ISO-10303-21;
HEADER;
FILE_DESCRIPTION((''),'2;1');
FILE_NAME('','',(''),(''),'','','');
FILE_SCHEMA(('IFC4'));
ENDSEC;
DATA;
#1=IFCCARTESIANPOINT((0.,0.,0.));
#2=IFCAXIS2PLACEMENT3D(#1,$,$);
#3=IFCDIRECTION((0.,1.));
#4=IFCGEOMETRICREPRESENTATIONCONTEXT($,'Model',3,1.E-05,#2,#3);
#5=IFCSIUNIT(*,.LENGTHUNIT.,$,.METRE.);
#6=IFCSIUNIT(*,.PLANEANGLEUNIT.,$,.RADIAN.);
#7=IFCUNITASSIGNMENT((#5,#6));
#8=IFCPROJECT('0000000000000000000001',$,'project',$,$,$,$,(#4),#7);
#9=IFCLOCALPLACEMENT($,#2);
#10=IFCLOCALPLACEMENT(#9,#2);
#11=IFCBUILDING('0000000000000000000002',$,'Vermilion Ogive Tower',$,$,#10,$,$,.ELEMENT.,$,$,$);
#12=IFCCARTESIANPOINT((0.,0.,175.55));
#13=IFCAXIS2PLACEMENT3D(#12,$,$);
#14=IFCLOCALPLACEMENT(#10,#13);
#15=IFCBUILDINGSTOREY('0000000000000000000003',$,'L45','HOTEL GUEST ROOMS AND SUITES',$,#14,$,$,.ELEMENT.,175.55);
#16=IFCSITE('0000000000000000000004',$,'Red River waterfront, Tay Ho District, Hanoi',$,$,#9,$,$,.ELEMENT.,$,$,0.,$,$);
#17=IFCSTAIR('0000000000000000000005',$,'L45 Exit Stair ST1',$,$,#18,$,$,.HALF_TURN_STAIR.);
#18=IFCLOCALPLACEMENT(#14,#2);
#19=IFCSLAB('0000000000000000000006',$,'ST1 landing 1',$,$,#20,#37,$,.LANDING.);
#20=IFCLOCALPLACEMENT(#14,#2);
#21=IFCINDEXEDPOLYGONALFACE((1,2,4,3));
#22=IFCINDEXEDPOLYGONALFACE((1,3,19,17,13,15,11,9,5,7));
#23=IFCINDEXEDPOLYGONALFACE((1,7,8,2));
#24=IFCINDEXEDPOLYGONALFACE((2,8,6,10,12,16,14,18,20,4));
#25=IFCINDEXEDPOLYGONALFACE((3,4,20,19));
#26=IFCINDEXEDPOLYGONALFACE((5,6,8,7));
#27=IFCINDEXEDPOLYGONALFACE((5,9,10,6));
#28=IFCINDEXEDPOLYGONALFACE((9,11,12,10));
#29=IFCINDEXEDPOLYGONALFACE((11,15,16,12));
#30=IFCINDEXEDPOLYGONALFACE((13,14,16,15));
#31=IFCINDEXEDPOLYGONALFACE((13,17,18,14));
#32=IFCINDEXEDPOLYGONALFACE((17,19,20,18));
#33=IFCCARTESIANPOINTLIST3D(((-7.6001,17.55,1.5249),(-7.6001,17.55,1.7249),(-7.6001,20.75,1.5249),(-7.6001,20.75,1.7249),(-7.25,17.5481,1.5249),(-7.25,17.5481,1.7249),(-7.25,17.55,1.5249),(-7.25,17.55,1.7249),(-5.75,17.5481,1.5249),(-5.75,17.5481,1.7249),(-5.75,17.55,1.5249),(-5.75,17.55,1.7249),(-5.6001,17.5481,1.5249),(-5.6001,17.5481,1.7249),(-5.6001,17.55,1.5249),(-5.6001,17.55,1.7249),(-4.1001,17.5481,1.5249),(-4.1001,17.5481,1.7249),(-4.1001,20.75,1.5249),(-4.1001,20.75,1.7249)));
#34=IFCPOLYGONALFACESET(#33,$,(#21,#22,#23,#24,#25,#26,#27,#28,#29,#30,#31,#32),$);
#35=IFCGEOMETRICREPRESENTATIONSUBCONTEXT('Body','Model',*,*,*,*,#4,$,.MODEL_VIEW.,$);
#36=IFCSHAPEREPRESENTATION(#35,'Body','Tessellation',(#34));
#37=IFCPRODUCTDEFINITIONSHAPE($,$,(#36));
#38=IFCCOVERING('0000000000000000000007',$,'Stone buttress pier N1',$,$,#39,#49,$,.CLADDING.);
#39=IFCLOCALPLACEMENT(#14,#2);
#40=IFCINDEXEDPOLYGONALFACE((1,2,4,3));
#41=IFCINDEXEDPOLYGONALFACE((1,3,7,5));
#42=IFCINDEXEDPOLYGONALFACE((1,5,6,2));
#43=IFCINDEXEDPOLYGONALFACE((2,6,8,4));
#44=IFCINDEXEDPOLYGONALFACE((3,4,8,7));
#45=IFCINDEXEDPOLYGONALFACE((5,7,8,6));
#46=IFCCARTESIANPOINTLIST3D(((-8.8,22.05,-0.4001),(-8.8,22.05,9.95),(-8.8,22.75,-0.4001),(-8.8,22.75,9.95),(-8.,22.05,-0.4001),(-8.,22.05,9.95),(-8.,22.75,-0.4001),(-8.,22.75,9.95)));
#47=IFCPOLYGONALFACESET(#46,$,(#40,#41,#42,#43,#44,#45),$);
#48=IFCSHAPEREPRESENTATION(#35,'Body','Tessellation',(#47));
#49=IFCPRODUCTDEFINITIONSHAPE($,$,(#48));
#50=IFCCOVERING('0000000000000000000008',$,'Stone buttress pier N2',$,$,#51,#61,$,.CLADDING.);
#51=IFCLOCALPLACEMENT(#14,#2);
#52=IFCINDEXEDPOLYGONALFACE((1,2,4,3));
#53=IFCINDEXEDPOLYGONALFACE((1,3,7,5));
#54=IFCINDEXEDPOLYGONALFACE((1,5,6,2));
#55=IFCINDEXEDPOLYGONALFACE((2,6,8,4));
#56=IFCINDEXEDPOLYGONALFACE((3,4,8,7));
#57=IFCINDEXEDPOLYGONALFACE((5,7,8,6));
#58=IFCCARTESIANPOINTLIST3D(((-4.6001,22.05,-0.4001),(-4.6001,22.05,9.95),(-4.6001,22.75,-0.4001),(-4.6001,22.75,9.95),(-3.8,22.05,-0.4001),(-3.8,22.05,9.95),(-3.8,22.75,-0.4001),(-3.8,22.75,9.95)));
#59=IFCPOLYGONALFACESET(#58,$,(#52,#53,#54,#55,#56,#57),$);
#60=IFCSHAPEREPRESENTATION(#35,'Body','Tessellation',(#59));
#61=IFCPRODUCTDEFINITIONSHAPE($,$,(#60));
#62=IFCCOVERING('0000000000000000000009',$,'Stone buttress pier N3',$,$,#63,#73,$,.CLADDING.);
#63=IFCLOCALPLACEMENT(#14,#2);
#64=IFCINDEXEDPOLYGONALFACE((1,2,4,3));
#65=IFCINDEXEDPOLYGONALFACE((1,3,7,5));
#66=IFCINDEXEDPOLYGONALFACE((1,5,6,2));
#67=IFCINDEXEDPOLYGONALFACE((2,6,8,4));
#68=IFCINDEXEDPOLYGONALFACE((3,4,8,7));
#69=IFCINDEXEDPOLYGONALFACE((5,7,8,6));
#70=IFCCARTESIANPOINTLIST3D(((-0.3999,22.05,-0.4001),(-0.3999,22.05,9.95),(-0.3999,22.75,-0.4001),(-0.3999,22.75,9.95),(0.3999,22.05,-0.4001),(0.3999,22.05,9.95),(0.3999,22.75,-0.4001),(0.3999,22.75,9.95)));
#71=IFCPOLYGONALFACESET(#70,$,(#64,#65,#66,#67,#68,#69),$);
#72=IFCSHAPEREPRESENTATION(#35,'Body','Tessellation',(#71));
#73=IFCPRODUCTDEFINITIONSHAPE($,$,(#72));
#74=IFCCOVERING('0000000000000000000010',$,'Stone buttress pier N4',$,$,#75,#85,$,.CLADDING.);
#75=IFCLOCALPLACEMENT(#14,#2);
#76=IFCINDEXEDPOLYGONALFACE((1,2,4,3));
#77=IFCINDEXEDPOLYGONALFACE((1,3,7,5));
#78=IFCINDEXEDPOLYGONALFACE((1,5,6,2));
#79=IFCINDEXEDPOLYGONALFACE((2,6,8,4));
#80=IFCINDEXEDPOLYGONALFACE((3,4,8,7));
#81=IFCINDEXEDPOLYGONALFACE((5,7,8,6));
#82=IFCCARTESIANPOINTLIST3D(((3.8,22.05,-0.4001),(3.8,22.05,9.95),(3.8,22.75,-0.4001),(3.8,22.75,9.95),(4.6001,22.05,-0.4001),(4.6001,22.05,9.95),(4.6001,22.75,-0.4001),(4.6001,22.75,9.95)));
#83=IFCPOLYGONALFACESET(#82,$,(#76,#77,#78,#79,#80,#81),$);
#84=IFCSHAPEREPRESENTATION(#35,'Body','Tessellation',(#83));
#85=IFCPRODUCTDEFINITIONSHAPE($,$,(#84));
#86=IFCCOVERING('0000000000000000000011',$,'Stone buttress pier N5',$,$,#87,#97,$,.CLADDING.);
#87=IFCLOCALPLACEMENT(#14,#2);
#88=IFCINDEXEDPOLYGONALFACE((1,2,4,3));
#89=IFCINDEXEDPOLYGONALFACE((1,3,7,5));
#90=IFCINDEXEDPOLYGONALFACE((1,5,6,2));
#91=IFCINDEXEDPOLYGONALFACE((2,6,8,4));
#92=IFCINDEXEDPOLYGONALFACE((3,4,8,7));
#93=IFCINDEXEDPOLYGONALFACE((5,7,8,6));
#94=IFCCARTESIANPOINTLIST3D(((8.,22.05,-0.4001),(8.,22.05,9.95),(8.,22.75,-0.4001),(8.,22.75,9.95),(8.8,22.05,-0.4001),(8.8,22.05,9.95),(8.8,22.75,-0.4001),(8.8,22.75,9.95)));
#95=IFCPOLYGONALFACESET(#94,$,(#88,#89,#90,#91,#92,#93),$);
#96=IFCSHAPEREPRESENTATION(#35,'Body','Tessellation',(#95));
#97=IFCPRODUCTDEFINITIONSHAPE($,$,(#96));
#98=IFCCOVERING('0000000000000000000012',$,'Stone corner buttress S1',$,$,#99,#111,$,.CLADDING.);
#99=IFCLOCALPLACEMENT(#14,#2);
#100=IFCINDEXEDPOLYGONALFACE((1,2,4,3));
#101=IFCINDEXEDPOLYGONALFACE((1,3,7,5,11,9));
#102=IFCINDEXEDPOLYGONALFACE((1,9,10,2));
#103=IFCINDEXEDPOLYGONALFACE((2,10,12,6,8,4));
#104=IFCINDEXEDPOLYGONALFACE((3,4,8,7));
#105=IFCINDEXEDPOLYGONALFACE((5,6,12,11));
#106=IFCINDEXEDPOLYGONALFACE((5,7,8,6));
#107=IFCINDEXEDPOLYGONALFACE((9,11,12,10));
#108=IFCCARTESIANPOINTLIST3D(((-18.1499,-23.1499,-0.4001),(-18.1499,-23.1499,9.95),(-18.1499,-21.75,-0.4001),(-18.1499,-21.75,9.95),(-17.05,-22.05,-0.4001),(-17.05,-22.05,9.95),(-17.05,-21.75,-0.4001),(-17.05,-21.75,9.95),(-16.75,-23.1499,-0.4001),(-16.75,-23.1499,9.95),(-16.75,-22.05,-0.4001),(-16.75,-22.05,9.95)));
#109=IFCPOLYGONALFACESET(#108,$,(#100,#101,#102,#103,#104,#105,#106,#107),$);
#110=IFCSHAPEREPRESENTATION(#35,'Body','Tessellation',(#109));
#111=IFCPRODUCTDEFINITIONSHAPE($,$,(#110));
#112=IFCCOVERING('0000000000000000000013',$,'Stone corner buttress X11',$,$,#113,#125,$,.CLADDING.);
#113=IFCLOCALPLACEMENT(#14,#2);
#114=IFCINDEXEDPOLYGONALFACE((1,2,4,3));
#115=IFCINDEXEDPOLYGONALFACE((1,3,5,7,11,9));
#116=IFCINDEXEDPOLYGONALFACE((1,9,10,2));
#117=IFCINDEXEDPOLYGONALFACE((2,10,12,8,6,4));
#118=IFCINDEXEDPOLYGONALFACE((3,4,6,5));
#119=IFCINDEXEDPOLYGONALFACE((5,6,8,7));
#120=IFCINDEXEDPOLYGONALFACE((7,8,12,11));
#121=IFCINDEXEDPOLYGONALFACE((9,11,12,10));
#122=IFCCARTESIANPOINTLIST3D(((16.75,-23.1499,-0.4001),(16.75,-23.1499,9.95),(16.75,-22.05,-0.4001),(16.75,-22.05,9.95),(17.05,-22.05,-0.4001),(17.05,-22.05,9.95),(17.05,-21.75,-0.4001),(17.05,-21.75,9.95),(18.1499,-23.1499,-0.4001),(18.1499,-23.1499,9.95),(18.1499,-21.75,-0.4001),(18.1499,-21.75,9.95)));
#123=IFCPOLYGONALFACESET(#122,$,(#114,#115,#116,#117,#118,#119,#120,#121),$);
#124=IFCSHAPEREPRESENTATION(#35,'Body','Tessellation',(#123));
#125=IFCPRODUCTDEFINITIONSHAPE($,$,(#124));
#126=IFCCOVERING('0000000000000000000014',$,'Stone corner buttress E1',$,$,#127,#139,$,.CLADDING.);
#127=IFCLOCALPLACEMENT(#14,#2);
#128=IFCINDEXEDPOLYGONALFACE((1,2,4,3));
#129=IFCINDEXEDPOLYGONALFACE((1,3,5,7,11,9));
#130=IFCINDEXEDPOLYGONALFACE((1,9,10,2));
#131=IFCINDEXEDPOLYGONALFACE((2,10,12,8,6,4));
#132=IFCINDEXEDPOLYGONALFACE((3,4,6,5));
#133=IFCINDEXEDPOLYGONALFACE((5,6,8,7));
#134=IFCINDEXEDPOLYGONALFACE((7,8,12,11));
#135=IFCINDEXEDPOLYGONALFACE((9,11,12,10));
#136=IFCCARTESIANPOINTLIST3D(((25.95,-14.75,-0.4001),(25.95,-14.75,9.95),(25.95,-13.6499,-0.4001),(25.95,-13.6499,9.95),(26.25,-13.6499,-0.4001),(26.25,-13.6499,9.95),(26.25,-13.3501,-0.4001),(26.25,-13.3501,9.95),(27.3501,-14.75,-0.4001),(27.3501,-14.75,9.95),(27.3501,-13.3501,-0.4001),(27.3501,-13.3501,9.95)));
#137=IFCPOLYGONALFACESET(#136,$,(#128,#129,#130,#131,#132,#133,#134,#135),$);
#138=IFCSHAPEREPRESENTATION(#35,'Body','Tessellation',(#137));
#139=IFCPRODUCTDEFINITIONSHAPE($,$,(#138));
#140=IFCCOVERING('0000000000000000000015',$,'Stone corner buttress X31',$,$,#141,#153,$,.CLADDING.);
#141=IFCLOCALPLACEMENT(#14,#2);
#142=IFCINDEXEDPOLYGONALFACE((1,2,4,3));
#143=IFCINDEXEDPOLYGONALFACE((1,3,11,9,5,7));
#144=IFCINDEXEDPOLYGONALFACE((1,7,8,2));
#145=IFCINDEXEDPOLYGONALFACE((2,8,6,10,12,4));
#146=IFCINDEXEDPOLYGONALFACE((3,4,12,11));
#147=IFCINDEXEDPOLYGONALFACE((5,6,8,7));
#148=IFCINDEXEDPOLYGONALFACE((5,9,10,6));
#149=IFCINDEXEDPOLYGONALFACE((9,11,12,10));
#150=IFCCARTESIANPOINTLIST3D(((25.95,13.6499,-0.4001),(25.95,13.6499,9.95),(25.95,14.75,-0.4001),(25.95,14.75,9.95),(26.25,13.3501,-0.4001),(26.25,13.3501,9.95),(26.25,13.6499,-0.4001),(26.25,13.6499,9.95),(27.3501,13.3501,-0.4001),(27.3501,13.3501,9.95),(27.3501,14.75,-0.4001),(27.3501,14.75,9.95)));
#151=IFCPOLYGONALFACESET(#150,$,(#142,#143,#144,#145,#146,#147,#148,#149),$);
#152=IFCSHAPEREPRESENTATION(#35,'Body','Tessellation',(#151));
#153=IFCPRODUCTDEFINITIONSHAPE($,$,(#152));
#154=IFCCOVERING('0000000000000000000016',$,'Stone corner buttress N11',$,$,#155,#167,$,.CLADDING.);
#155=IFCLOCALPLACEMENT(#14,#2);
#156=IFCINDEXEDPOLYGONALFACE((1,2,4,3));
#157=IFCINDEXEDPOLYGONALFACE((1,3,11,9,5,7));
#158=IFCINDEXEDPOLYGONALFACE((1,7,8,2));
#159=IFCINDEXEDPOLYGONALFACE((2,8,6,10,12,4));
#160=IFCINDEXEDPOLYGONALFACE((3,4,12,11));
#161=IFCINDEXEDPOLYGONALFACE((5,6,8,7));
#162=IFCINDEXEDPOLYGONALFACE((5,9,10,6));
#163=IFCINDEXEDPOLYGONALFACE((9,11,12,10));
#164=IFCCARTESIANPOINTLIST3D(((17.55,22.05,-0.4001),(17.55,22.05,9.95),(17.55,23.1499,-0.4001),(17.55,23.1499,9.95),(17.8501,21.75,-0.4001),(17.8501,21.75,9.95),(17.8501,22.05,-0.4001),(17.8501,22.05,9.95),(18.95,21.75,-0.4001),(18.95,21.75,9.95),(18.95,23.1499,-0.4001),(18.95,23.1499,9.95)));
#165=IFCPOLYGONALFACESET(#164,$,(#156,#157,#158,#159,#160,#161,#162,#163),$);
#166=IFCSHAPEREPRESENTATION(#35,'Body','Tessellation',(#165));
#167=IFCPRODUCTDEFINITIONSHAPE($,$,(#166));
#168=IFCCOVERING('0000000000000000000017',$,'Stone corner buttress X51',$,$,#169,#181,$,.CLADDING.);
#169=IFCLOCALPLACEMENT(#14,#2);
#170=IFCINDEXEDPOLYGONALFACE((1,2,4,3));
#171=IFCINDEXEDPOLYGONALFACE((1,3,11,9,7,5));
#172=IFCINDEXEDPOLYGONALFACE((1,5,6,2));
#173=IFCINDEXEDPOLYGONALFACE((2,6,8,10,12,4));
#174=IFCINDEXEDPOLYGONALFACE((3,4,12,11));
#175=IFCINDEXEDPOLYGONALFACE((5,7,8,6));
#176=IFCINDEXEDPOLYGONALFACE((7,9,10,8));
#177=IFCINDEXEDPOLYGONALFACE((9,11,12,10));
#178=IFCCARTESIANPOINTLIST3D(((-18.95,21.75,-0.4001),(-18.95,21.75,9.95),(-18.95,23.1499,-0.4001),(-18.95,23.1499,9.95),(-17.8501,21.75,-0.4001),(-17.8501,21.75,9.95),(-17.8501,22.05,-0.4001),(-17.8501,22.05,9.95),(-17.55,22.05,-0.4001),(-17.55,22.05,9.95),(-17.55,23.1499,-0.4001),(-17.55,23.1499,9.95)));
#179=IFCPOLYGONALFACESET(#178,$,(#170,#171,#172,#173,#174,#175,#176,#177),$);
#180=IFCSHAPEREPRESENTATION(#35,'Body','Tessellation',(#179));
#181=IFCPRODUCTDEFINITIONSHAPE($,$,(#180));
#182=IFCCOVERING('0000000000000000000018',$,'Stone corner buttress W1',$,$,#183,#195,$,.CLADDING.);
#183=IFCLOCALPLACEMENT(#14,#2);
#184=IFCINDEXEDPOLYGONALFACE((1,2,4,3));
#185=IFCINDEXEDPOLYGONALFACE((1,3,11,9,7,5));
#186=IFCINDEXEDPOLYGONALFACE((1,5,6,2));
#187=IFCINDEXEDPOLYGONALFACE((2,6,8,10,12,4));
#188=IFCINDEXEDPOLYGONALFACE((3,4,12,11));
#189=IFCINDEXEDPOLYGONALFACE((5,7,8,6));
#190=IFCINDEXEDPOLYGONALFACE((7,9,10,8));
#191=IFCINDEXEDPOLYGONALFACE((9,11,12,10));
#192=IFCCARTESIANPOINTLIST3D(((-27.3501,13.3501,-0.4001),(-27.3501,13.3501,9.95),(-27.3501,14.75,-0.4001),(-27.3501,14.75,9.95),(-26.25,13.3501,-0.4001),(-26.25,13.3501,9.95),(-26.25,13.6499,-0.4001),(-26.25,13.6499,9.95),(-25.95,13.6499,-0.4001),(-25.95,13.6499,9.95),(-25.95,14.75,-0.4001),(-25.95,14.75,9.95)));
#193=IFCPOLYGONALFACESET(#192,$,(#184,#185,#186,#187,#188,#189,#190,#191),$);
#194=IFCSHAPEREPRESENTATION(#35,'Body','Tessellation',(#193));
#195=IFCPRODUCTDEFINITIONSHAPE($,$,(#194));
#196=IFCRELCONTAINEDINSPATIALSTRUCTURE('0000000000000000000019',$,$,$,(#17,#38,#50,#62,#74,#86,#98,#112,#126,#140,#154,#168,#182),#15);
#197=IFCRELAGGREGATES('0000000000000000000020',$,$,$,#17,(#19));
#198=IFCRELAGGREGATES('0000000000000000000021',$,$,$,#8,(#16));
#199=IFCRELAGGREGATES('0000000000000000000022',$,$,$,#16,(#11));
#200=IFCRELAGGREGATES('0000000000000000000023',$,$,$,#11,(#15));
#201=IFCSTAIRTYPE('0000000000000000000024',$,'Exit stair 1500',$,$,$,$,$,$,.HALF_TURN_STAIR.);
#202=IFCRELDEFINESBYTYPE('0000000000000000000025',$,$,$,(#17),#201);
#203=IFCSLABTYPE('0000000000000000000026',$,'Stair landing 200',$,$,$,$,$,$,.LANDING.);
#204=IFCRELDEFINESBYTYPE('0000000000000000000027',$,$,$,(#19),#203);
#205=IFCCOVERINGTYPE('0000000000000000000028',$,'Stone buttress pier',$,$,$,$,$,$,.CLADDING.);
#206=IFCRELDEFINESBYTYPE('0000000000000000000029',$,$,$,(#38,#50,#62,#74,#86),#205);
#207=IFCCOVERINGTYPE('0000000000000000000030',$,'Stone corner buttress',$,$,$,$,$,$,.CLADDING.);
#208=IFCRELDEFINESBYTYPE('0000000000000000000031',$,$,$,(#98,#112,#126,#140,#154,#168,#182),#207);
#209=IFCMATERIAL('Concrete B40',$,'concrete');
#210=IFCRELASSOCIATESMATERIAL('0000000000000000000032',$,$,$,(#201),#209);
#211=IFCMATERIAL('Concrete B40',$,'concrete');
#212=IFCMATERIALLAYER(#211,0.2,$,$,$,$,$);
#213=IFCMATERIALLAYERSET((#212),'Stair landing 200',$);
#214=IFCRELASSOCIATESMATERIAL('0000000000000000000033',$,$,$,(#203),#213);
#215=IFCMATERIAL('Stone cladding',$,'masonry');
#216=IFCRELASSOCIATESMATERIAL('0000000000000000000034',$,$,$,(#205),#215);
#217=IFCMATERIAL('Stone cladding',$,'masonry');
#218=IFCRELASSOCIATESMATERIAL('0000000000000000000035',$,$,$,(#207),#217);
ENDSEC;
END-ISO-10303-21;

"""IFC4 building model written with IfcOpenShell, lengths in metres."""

from ifc_helpers import new_model, si_unit, direction, frame, origin, place, context, subcontext, project, spatial, polyline, outline, extrude, material, layer, layer_set, type_object, element, aggregate, save


model = new_model("IFC4")

# Units and contexts
model_context = context("Model", 3, precision=1e-05, world=origin(), true_north=direction((0.0, 1.0)))
body_context = subcontext(model_context, "Body", "Model", "MODEL_VIEW")
ifc_project = project(units=[si_unit("LENGTHUNIT", "METRE"), si_unit("PLANEANGLEUNIT", "RADIAN")], contexts=[model_context])

# Site, building, storey
site_placement = place(None, origin())
site = spatial("IfcSite", under=ifc_project, at=site_placement, Name="Red River waterfront, Tay Ho District, Hanoi", CompositionType="ELEMENT", RefElevation=0.0)
building_placement = place(site_placement, origin())
building = spatial("IfcBuilding", under=site, at=building_placement, Name="Vermilion Ogive Tower", CompositionType="ELEMENT")
storey_placement = place(building_placement, frame((0.0, 0.0, 175.55)))
storey = spatial("IfcBuildingStorey", under=building, at=storey_placement, Name="L45", Description="HOTEL GUEST ROOMS AND SUITES", CompositionType="ELEMENT", Elevation=175.55)

# Stair, slab
ifc_material_1 = material(Name="Concrete B40", Category="concrete")
stair_type = type_object("IfcStairType", Name="Exit stair 1500", PredefinedType="HALF_TURN_STAIR", material=ifc_material_1)
stair_placement = place(storey_placement, origin())
stair = element("IfcStair", 1, at=stair_placement, inside=storey, type_object=stair_type, Name="L45 Exit Stair ST1", PredefinedType="HALF_TURN_STAIR")
ifc_material_2 = material(Name="Concrete B40", Category="concrete")
ifc_layer = layer(ifc_material_2, 0.2)
ifc_layer_set = layer_set([ifc_layer], Name="Stair landing 200")
slab_type = type_object("IfcSlabType", Name="Stair landing 200", PredefinedType="LANDING", material=ifc_layer_set)
slab_placement = place(storey_placement, frame((0.0, 0.0, 1.5249)))
slab = element("IfcSlab", 2, at=slab_placement, type_object=slab_type, Name="ST1 landing 1", PredefinedType="LANDING", context=body_context, shape_type="SweptSolid", body=[
    extrude(outline(polyline([(-7.6001, 17.55), (-7.25, 17.55), (-7.25, 17.5481), (-5.75, 17.5481), (-5.75, 17.55), (-5.6001, 17.55), (-5.6001, 17.5481), (-4.1001, 17.5481), (-4.1001, 20.75), (-7.6001, 20.75), (-7.6001, 17.55)])), origin(), (0.0, 0.0, 1.0), 0.2),
])
aggregate(stair, [slab])

# Coverings
ifc_material_3 = material(Name="Stone cladding", Category="masonry")
covering_type_1 = type_object("IfcCoveringType", Name="Stone buttress pier", PredefinedType="CLADDING", material=ifc_material_3)
covering_1_placement = place(storey_placement, frame((0.0, 0.0, -0.4001)))
element("IfcCovering", 3, at=covering_1_placement, inside=storey, type_object=covering_type_1, Name="Stone buttress pier N1", PredefinedType="CLADDING", context=body_context, shape_type="SweptSolid", body=[
    extrude(outline(polyline([(-8.0, 22.75), (-8.0, 22.05), (-8.8, 22.05), (-8.8, 22.75), (-8.0, 22.75)])), origin(), (0.0, 0.0, 1.0), 10.3501),
])
covering_2_placement = place(storey_placement, frame((0.0, 0.0, -0.4001)))
element("IfcCovering", 4, at=covering_2_placement, inside=storey, type_object=covering_type_1, Name="Stone buttress pier N2", PredefinedType="CLADDING", context=body_context, shape_type="SweptSolid", body=[
    extrude(outline(polyline([(-3.8, 22.75), (-3.8, 22.05), (-4.6001, 22.05), (-4.6001, 22.75), (-3.8, 22.75)])), origin(), (0.0, 0.0, 1.0), 10.3501),
])
covering_3_placement = place(storey_placement, frame((0.0, 0.0, -0.4001)))
element("IfcCovering", 5, at=covering_3_placement, inside=storey, type_object=covering_type_1, Name="Stone buttress pier N3", PredefinedType="CLADDING", context=body_context, shape_type="SweptSolid", body=[
    extrude(outline(polyline([(0.3999, 22.75), (0.3999, 22.05), (-0.3999, 22.05), (-0.3999, 22.75), (0.3999, 22.75)])), origin(), (0.0, 0.0, 1.0), 10.3501),
])
covering_4_placement = place(storey_placement, frame((0.0, 0.0, -0.4001)))
element("IfcCovering", 6, at=covering_4_placement, inside=storey, type_object=covering_type_1, Name="Stone buttress pier N4", PredefinedType="CLADDING", context=body_context, shape_type="SweptSolid", body=[
    extrude(outline(polyline([(4.6001, 22.75), (4.6001, 22.05), (3.8, 22.05), (3.8, 22.75), (4.6001, 22.75)])), origin(), (0.0, 0.0, 1.0), 10.3501),
])
covering_5_placement = place(storey_placement, frame((0.0, 0.0, -0.4001)))
element("IfcCovering", 7, at=covering_5_placement, inside=storey, type_object=covering_type_1, Name="Stone buttress pier N5", PredefinedType="CLADDING", context=body_context, shape_type="SweptSolid", body=[
    extrude(outline(polyline([(8.8, 22.75), (8.8, 22.05), (8.0, 22.05), (8.0, 22.75), (8.8, 22.75)])), origin(), (0.0, 0.0, 1.0), 10.3501),
])
ifc_material_4 = material(Name="Stone cladding", Category="masonry")
covering_type_2 = type_object("IfcCoveringType", Name="Stone corner buttress", PredefinedType="CLADDING", material=ifc_material_4)
covering_6_placement = place(storey_placement, frame((0.0, 0.0, -0.4001)))
element("IfcCovering", 8, at=covering_6_placement, inside=storey, type_object=covering_type_2, Name="Stone corner buttress S1", PredefinedType="CLADDING", context=body_context, shape_type="SweptSolid", body=[
    extrude(outline(polyline([(-17.05, -22.05), (-16.75, -22.05), (-16.75, -23.1499), (-18.1499, -23.1499), (-18.1499, -21.75), (-17.05, -21.75), (-17.05, -22.05)])), origin(), (0.0, 0.0, 1.0), 10.3501),
])
covering_7_placement = place(storey_placement, frame((0.0, 0.0, -0.4001)))
element("IfcCovering", 9, at=covering_7_placement, inside=storey, type_object=covering_type_2, Name="Stone corner buttress X11", PredefinedType="CLADDING", context=body_context, shape_type="SweptSolid", body=[
    extrude(outline(polyline([(16.75, -22.05), (17.05, -22.05), (17.05, -21.75), (18.1499, -21.75), (18.1499, -23.1499), (16.75, -23.1499), (16.75, -22.05)])), origin(), (0.0, 0.0, 1.0), 10.3501),
])
covering_8_placement = place(storey_placement, frame((0.0, 0.0, -0.4001)))
element("IfcCovering", 10, at=covering_8_placement, inside=storey, type_object=covering_type_2, Name="Stone corner buttress E1", PredefinedType="CLADDING", context=body_context, shape_type="SweptSolid", body=[
    extrude(outline(polyline([(25.95, -13.6499), (26.25, -13.6499), (26.25, -13.3501), (27.3501, -13.3501), (27.3501, -14.75), (25.95, -14.75), (25.95, -13.6499)])), origin(), (0.0, 0.0, 1.0), 10.3501),
])
covering_9_placement = place(storey_placement, frame((0.0, 0.0, -0.4001)))
element("IfcCovering", 11, at=covering_9_placement, inside=storey, type_object=covering_type_2, Name="Stone corner buttress X31", PredefinedType="CLADDING", context=body_context, shape_type="SweptSolid", body=[
    extrude(outline(polyline([(27.3501, 13.3501), (26.25, 13.3501), (26.25, 13.6499), (25.95, 13.6499), (25.95, 14.75), (27.3501, 14.75), (27.3501, 13.3501)])), origin(), (0.0, 0.0, 1.0), 10.3501),
])
covering_10_placement = place(storey_placement, frame((0.0, 0.0, -0.4001)))
element("IfcCovering", 12, at=covering_10_placement, inside=storey, type_object=covering_type_2, Name="Stone corner buttress N11", PredefinedType="CLADDING", context=body_context, shape_type="SweptSolid", body=[
    extrude(outline(polyline([(17.8501, 22.05), (17.55, 22.05), (17.55, 23.1499), (18.95, 23.1499), (18.95, 21.75), (17.8501, 21.75), (17.8501, 22.05)])), origin(), (0.0, 0.0, 1.0), 10.3501),
])
covering_11_placement = place(storey_placement, frame((0.0, 0.0, -0.4001)))
element("IfcCovering", 13, at=covering_11_placement, inside=storey, type_object=covering_type_2, Name="Stone corner buttress X51", PredefinedType="CLADDING", context=body_context, shape_type="SweptSolid", body=[
    extrude(outline(polyline([(-17.55, 23.1499), (-17.55, 22.05), (-17.8501, 22.05), (-17.8501, 21.75), (-18.95, 21.75), (-18.95, 23.1499), (-17.55, 23.1499)])), origin(), (0.0, 0.0, 1.0), 10.3501),
])
covering_12_placement = place(storey_placement, frame((0.0, 0.0, -0.4001)))
element("IfcCovering", 14, at=covering_12_placement, inside=storey, type_object=covering_type_2, Name="Stone corner buttress W1", PredefinedType="CLADDING", context=body_context, shape_type="SweptSolid", body=[
    extrude(outline(polyline([(-26.25, 13.6499), (-26.25, 13.3501), (-27.3501, 13.3501), (-27.3501, 14.75), (-25.95, 14.75), (-25.95, 13.6499), (-26.25, 13.6499)])), origin(), (0.0, 0.0, 1.0), 10.3501),
])

save(model, "model.ifc")
